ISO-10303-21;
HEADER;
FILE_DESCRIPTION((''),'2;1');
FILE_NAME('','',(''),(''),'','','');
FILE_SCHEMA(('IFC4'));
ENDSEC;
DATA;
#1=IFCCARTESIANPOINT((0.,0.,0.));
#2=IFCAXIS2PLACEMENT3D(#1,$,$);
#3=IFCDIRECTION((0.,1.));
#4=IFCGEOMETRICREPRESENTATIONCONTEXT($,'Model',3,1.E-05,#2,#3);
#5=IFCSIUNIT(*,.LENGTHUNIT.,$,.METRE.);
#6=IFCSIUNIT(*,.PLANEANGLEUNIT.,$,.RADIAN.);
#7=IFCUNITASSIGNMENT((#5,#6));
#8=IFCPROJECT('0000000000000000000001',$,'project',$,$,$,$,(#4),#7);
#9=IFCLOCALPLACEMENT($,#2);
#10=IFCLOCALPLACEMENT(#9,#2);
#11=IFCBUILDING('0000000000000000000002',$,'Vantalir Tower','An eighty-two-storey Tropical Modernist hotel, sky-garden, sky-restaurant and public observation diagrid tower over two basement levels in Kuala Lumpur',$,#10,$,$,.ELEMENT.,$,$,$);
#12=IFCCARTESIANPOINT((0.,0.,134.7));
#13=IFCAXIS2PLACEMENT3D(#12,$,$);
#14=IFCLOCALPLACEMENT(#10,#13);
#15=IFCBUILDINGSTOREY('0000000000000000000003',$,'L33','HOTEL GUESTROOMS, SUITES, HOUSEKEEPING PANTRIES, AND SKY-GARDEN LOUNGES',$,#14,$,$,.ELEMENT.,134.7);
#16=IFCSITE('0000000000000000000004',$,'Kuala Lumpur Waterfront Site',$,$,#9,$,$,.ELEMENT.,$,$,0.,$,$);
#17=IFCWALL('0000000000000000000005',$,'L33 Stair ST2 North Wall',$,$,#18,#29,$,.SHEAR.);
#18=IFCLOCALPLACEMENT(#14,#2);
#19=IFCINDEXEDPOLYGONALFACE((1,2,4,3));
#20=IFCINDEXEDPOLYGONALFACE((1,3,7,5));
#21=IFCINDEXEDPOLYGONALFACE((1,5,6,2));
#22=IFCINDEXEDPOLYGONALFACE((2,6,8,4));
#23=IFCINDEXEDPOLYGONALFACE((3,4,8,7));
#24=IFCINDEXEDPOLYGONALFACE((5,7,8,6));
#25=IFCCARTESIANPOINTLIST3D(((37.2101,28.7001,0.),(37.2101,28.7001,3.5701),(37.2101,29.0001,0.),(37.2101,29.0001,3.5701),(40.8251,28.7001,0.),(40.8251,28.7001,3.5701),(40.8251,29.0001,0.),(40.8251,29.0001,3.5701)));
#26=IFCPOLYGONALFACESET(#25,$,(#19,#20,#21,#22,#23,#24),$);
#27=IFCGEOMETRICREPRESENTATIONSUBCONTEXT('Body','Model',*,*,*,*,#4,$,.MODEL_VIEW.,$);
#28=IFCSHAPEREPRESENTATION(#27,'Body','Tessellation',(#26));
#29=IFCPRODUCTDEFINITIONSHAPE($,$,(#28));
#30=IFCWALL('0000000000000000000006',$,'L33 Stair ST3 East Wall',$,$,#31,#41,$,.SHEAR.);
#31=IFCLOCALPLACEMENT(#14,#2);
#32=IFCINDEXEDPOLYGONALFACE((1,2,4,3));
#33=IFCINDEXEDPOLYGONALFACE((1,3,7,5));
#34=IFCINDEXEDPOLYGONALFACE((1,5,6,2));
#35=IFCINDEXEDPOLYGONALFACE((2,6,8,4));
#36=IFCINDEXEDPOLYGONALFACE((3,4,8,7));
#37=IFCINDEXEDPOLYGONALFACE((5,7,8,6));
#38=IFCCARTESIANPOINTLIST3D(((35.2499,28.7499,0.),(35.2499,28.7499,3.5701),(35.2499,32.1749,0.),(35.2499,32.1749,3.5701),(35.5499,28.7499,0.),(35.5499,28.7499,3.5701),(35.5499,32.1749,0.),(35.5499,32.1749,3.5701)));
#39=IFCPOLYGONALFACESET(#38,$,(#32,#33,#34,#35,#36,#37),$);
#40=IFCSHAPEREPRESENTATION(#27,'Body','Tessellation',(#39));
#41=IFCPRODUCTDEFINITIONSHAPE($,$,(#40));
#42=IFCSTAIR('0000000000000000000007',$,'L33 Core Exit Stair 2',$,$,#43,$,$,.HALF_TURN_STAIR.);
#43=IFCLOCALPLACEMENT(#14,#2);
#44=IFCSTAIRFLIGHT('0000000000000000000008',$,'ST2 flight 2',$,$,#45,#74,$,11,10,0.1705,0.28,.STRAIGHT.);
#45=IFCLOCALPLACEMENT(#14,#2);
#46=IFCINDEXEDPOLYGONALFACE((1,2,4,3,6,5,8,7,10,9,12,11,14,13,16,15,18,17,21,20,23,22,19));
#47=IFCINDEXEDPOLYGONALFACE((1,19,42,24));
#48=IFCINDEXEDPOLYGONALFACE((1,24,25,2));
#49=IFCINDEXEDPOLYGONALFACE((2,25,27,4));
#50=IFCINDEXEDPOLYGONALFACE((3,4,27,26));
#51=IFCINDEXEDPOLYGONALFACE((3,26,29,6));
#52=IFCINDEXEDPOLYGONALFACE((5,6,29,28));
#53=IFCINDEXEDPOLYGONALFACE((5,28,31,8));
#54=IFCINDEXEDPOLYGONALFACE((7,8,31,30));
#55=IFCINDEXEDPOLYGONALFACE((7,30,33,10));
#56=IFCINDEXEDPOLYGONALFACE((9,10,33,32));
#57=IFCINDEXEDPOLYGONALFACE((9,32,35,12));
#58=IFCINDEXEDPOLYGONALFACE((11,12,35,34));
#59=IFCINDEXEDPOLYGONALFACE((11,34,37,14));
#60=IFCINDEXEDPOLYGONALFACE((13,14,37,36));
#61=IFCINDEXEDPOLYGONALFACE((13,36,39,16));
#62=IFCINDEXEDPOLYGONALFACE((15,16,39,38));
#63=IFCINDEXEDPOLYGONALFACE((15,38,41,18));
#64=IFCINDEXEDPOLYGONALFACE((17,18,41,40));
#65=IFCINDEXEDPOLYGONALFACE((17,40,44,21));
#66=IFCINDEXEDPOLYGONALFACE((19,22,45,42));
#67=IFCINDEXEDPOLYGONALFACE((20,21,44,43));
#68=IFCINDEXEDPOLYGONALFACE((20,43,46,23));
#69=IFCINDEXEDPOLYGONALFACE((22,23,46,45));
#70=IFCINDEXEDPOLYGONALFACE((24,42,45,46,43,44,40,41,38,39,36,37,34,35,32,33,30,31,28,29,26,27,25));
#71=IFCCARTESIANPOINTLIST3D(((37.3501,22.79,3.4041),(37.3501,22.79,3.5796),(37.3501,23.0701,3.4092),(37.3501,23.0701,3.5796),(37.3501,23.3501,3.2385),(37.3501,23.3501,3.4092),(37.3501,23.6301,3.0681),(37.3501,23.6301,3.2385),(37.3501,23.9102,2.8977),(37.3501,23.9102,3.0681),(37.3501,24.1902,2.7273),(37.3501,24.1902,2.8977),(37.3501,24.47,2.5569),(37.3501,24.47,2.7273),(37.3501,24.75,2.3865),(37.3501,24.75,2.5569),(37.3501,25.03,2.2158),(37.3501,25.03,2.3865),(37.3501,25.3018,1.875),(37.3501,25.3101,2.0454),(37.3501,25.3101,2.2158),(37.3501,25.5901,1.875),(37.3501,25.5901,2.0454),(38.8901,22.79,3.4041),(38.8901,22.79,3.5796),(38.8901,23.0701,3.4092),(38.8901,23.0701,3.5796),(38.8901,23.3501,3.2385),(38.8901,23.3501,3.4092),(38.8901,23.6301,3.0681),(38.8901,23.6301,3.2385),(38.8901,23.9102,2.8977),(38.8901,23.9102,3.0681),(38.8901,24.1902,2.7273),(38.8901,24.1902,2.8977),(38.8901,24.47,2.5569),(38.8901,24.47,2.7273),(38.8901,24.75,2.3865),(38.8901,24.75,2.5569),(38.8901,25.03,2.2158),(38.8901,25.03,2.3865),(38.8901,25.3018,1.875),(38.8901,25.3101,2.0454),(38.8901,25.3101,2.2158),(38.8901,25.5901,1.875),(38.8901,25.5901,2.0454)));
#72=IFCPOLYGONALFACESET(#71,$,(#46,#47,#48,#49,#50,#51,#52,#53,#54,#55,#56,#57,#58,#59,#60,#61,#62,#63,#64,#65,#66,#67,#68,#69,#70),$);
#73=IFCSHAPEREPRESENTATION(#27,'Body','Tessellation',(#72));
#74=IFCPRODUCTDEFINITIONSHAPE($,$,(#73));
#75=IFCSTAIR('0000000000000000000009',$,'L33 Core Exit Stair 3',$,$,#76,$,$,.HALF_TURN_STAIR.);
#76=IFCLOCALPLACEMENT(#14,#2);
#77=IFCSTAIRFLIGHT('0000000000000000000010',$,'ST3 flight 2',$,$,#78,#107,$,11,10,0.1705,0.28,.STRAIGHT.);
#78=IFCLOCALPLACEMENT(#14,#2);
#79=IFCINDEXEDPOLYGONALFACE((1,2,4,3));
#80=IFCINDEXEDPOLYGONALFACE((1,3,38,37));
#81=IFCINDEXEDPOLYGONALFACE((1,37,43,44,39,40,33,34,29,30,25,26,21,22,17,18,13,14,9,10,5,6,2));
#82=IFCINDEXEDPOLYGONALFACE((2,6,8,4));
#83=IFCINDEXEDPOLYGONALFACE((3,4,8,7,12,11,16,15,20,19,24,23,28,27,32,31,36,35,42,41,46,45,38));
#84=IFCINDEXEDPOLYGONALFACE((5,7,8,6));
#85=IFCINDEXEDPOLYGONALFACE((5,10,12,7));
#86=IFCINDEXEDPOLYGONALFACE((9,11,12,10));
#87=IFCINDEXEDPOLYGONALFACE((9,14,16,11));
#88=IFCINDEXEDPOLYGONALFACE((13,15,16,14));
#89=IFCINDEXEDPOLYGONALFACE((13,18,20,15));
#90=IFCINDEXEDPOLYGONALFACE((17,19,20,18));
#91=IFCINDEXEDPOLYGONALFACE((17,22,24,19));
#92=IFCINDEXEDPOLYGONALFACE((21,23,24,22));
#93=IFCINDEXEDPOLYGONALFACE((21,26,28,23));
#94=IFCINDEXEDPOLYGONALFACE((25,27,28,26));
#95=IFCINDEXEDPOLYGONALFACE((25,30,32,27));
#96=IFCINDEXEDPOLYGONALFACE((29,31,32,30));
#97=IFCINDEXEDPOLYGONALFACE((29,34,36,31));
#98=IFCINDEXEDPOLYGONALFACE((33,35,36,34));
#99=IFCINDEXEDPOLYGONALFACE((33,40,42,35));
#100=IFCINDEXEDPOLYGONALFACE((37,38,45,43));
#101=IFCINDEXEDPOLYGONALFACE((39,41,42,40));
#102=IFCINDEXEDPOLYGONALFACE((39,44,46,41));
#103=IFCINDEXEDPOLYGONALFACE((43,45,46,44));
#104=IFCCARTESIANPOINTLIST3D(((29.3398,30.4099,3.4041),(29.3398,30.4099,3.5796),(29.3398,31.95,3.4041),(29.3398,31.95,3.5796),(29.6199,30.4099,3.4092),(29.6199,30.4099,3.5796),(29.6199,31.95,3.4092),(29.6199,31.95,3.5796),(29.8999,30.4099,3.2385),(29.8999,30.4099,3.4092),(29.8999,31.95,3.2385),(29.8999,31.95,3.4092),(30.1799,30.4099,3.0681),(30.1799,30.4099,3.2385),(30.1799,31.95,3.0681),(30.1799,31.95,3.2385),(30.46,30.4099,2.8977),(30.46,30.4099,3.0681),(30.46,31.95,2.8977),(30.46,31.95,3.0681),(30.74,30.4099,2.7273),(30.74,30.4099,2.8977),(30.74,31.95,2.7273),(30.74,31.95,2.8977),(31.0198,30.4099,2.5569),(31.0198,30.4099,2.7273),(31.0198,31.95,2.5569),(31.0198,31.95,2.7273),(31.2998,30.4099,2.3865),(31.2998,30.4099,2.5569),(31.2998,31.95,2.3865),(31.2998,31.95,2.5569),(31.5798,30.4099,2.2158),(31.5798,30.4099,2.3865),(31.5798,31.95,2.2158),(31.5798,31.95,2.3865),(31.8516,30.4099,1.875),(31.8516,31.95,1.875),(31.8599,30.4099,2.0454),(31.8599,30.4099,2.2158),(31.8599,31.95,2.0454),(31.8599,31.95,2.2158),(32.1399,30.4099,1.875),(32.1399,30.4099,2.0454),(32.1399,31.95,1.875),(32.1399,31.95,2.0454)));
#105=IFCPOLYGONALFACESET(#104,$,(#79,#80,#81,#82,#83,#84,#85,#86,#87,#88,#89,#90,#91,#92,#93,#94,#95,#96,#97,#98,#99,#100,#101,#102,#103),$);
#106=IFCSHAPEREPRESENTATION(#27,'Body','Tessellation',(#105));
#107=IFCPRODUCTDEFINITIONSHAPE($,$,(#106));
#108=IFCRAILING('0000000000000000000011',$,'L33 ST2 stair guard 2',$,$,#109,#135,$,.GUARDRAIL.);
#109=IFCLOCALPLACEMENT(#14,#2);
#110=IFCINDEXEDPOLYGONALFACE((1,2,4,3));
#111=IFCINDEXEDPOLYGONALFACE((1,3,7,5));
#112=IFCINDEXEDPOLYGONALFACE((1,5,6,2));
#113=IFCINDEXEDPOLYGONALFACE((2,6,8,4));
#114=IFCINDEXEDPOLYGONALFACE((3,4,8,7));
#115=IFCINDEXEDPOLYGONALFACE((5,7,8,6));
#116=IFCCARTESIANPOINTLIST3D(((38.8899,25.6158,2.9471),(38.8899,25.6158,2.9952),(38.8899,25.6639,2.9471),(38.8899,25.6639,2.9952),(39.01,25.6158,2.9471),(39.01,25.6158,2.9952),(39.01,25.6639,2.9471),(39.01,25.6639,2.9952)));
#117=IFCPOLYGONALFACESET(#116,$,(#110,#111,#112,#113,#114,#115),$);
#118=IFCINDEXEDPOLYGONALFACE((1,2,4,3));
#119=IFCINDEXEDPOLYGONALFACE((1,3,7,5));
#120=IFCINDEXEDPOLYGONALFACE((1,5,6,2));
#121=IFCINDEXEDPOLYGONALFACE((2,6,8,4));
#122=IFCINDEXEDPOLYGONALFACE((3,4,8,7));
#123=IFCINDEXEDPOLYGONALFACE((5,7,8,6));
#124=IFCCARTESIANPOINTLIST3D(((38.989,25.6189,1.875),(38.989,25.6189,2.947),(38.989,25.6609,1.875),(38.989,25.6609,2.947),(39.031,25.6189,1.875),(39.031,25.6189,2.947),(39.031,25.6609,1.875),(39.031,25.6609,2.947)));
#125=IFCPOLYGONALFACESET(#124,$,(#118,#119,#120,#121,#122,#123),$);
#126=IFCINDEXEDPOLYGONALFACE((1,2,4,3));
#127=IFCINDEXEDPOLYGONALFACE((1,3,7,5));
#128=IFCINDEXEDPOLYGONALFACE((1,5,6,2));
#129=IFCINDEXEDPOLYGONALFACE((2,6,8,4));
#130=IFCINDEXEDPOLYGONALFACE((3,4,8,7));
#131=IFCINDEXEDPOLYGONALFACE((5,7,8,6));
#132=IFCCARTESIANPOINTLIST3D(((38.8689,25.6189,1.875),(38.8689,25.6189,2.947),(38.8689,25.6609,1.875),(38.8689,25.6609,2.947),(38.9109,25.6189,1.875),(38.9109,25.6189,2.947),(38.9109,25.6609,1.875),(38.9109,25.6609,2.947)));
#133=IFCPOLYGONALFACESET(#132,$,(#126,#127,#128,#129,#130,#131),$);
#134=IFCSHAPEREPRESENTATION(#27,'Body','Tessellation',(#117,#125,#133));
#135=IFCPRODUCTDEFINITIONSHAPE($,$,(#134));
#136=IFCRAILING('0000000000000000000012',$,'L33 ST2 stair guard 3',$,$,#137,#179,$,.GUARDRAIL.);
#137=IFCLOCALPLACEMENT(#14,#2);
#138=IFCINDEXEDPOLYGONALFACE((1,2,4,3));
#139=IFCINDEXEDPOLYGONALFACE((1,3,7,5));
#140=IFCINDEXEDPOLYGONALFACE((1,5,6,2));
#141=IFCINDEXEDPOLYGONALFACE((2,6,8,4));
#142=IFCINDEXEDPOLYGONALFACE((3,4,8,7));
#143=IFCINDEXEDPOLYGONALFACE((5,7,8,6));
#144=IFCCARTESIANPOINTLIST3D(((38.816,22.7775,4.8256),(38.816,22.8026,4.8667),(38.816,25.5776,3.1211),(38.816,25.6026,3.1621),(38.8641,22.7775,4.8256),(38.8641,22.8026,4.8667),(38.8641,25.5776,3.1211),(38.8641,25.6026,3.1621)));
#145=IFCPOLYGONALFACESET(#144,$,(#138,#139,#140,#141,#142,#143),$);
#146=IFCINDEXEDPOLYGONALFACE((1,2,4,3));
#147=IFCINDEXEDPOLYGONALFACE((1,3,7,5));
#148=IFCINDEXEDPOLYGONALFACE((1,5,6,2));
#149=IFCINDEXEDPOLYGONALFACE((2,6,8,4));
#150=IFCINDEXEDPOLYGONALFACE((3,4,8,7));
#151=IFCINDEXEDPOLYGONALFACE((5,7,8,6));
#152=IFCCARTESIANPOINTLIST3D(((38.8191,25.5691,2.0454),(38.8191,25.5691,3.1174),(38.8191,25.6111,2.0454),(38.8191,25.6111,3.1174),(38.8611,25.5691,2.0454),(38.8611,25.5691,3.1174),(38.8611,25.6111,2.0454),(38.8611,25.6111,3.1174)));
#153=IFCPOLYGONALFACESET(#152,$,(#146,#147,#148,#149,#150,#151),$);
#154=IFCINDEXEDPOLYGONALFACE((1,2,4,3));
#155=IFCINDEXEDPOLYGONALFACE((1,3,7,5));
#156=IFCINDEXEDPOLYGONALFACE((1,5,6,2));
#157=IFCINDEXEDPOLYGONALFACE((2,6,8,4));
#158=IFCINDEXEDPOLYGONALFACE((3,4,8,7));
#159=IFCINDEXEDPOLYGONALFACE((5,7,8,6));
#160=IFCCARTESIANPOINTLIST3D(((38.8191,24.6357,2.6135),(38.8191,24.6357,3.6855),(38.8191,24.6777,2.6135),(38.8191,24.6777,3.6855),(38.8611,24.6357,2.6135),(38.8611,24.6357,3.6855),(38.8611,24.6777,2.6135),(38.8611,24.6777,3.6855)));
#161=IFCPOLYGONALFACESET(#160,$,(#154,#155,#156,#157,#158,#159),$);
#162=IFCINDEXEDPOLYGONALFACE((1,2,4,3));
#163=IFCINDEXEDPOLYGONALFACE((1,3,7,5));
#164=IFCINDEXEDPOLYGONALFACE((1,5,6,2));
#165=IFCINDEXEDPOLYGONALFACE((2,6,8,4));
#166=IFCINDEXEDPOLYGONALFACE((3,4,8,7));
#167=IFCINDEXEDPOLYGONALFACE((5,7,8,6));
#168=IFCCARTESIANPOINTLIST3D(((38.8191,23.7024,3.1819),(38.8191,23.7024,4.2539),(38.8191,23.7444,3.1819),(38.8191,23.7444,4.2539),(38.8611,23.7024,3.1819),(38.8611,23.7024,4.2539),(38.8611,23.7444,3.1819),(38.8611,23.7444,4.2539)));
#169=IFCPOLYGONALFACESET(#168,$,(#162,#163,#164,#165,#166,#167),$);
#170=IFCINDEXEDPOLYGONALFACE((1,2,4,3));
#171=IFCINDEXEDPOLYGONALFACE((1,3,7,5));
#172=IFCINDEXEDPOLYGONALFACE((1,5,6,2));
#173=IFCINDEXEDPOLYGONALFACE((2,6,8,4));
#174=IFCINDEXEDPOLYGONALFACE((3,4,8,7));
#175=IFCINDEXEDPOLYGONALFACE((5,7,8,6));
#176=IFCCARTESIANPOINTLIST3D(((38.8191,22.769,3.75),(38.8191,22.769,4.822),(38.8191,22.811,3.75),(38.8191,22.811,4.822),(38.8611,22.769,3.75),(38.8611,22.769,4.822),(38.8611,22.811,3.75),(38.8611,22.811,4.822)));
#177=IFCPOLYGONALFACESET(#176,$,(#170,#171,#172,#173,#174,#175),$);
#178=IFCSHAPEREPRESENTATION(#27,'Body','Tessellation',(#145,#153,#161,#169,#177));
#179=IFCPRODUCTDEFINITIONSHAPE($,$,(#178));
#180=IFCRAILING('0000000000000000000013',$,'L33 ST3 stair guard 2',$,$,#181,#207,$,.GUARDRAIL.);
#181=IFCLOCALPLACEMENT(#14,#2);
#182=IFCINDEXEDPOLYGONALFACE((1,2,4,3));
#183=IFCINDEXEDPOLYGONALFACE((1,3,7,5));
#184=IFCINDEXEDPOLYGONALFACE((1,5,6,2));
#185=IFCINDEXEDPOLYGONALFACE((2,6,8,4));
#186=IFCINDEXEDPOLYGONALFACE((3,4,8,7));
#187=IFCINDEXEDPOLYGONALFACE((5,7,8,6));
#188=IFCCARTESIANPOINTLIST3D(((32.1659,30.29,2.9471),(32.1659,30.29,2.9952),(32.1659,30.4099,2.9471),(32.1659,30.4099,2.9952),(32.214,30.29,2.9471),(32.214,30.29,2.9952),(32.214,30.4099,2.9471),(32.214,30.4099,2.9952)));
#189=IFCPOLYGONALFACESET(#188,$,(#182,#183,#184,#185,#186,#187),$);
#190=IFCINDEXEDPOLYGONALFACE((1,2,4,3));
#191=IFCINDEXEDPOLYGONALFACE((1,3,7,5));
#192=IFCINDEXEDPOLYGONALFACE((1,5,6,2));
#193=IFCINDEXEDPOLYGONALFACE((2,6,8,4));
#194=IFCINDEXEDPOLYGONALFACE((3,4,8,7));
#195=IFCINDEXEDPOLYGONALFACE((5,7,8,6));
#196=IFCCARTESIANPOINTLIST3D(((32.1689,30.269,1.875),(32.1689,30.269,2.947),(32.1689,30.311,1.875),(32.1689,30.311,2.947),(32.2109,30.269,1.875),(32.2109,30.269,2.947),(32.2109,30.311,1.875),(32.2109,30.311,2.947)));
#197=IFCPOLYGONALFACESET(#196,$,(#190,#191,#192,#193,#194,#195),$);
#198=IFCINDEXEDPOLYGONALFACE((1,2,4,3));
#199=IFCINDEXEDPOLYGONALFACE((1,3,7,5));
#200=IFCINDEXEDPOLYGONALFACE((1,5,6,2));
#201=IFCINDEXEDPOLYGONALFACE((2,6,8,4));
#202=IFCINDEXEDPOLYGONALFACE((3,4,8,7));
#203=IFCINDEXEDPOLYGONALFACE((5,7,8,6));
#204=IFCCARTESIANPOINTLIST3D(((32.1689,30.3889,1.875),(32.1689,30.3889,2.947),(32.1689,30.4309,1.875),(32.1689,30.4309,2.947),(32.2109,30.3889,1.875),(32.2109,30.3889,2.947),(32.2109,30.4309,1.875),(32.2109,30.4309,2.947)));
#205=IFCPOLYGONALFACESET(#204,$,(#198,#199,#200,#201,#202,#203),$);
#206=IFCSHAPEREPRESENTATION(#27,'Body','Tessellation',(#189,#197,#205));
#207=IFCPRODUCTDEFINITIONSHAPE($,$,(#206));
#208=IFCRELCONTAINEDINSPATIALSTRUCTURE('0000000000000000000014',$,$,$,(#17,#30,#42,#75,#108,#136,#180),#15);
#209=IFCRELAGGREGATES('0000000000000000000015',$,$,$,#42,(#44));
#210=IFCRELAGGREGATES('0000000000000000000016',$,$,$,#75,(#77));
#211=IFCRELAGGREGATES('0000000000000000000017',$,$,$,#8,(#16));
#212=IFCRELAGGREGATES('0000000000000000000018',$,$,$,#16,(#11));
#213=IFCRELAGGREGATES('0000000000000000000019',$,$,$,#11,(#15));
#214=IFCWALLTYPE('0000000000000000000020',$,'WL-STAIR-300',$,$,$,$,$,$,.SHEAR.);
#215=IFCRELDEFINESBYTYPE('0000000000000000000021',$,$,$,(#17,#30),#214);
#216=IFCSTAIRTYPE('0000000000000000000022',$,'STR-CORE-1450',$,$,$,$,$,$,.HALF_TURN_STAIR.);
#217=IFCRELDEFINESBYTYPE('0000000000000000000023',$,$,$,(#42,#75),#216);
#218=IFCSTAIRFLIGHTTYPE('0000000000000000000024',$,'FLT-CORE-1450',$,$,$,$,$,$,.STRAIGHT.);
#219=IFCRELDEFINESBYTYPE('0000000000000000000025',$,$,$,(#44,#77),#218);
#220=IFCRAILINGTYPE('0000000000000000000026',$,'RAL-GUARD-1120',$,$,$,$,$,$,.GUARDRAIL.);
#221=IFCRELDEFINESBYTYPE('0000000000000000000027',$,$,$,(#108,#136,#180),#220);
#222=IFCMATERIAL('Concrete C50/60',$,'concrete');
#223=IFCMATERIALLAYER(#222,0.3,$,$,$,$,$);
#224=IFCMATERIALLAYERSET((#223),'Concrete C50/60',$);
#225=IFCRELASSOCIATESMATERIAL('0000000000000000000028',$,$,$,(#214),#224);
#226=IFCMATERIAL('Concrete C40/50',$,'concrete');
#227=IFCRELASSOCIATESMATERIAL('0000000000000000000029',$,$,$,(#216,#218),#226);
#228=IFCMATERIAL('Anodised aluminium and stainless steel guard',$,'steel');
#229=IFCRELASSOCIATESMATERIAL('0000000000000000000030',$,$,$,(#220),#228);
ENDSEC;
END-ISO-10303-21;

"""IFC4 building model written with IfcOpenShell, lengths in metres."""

from ifc_helpers import new_model, si_unit, direction, frame, frame_2d, origin, origin_2d, place, context, subcontext, project, spatial, polyline, rectangle, outline, extrude, material, layer, layer_set, type_object, element, aggregate, save


model = new_model("IFC4")

# Units and contexts
model_context = context("Model", 3, precision=1e-05, world=origin(), true_north=direction((0.0, 1.0)))
body_context = subcontext(model_context, "Body", "Model", "MODEL_VIEW")
ifc_project = project(units=[si_unit("LENGTHUNIT", "METRE"), si_unit("PLANEANGLEUNIT", "RADIAN")], contexts=[model_context])

# Site, building, storey
site_placement = place(None, origin())
site = spatial("IfcSite", under=ifc_project, at=site_placement, Name="Kuala Lumpur Waterfront Site", CompositionType="ELEMENT", RefElevation=0.0)
building_placement = place(site_placement, origin())
building = spatial("IfcBuilding", under=site, at=building_placement, Name="Vantalir Tower", Description="An eighty-two-storey Tropical Modernist hotel, sky-garden, sky-restaurant and public observation diagrid tower over two basement levels in Kuala Lumpur", CompositionType="ELEMENT")
storey_placement = place(building_placement, frame((0.0, 0.0, 134.7)))
storey = spatial("IfcBuildingStorey", under=building, at=storey_placement, Name="L33", Description="HOTEL GUESTROOMS, SUITES, HOUSEKEEPING PANTRIES, AND SKY-GARDEN LOUNGES", CompositionType="ELEMENT", Elevation=134.7)

# Walls
ifc_material_1 = material(Name="Concrete C50/60", Category="concrete")
ifc_layer_1 = layer(ifc_material_1, 0.3)
ifc_layer_set_1 = layer_set([ifc_layer_1], Name="Concrete C50/60")
wall_type_1 = type_object("IfcWallType", Name="WL-STAIR-300", PredefinedType="SHEAR", material=ifc_layer_set_1)
wall_1_placement = place(storey_placement, frame((37.21, 28.8501, 0.0), z_axis=(0.0, 0.0, 1.0), x_axis=(1.0, 0.0, 0.0)))
element("IfcWall", 1, at=wall_1_placement, inside=storey, type_object=wall_type_1, Name="L33 Stair ST2 North Wall", PredefinedType="SHEAR", context=body_context, shape_type="SweptSolid", body=[
    extrude(rectangle(XDim=3.615, YDim=0.3, at=frame_2d((1.8076, 0.0))), origin(), (0.0, 0.0, 1.0), 3.5701),
])
wall_2_placement = place(storey_placement, frame((35.3999, 28.75, 0.0), z_axis=(0.0, 0.0, 1.0), x_axis=(0.0, 1.0, 0.0)))
element("IfcWall", 2, at=wall_2_placement, inside=storey, type_object=wall_type_1, Name="L33 Stair ST3 East Wall", PredefinedType="SHEAR", context=body_context, shape_type="SweptSolid", body=[
    extrude(rectangle(XDim=3.425, YDim=0.3, at=frame_2d((1.7124, 0.0))), origin(), (0.0, 0.0, 1.0), 3.5701),
])

# Stairs, stair flights
ifc_material_2 = material(Name="Concrete C40/50", Category="concrete")
stair_type = type_object("IfcStairType", Name="STR-CORE-1450", PredefinedType="HALF_TURN_STAIR", material=ifc_material_2)
stair_1_placement = place(storey_placement, origin())
stair_1 = element("IfcStair", 3, at=stair_1_placement, inside=storey, type_object=stair_type, Name="L33 Core Exit Stair 2", PredefinedType="HALF_TURN_STAIR")
stair_flight_type = type_object("IfcStairFlightType", Name="FLT-CORE-1450", PredefinedType="STRAIGHT", material=ifc_material_2)
stair_flight_1_placement = place(storey_placement, frame((38.1201, 25.5901, 1.875), z_axis=(0.0, 0.0, 1.0), x_axis=(0.0, -1.0, 0.0)))
stair_flight_1 = element("IfcStairFlight", 4, at=stair_flight_1_placement, type_object=stair_flight_type, Name="ST2 flight 2", NumberOfRisers=11, NumberOfTreads=10, PredefinedType="STRAIGHT", RiserHeight=0.1705, TreadLength=0.28, context=body_context, shape_type="SweptSolid", body=[
    extrude(outline(polyline([(0.0, 0.0), (0.0, 0.1704), (0.28, 0.1704), (0.28, 0.3408), (0.5601, 0.3408), (0.5601, 0.5115), (0.8401, 0.5115), (0.8401, 0.6819), (1.1201, 0.6819), (1.1201, 0.8523), (1.3999, 0.8523), (1.3999, 1.0227), (1.6799, 1.0227), (1.6799, 1.1931), (1.96, 1.1931), (1.96, 1.3635), (2.24, 1.3635), (2.24, 1.5342), (2.52, 1.5342), (2.52, 1.7046), (2.8, 1.7046), (2.8, 1.875), (2.8, 1.5291), (0.2883, 0.0), (0.0, 0.0)])), frame((0.0, 0.77, 0.0), z_axis=(0.0, -1.0, 0.0), x_axis=(1.0, 0.0, 0.0)), (0.0, 0.0, 1.0), 1.54),
])
aggregate(stair_1, [stair_flight_1])
stair_2_placement = place(storey_placement, origin())
stair_2 = element("IfcStair", 5, at=stair_2_placement, inside=storey, type_object=stair_type, Name="L33 Core Exit Stair 3", PredefinedType="HALF_TURN_STAIR")
stair_flight_2_placement = place(storey_placement, frame((32.1399, 31.1799, 1.875), z_axis=(0.0, 0.0, 1.0), x_axis=(-1.0, 0.0, 0.0)))
stair_flight_2 = element("IfcStairFlight", 6, at=stair_flight_2_placement, type_object=stair_flight_type, Name="ST3 flight 2", NumberOfRisers=11, NumberOfTreads=10, PredefinedType="STRAIGHT", RiserHeight=0.1705, TreadLength=0.28, context=body_context, shape_type="SweptSolid", body=[
    extrude(outline(polyline([(0.0, 0.0), (0.0, 0.1704), (0.28, 0.1704), (0.28, 0.3408), (0.5601, 0.3408), (0.5601, 0.5115), (0.8401, 0.5115), (0.8401, 0.6819), (1.1201, 0.6819), (1.1201, 0.8523), (1.3999, 0.8523), (1.3999, 1.0227), (1.6799, 1.0227), (1.6799, 1.1931), (1.96, 1.1931), (1.96, 1.3635), (2.24, 1.3635), (2.24, 1.5342), (2.52, 1.5342), (2.52, 1.7046), (2.8, 1.7046), (2.8, 1.875), (2.8, 1.5291), (0.2883, 0.0), (0.0, 0.0)])), frame((0.0, 0.77, 0.0), z_axis=(0.0, -1.0, 0.0), x_axis=(1.0, 0.0, 0.0)), (0.0, 0.0, 1.0), 1.54),
])
aggregate(stair_2, [stair_flight_2])

# Railings
ifc_material_3 = material(Name="Anodised aluminium and stainless steel guard", Category="steel")
railing_type_1 = type_object("IfcRailingType", Name="RAL-GUARD-1120", PredefinedType="GUARDRAIL", material=ifc_material_3)
railing_1_placement = place(storey_placement, frame((39.01, 25.6399, 1.875)))
element("IfcRailing", 7, at=railing_1_placement, inside=storey, type_object=railing_type_1, Name="L33 ST2 stair guard 2", PredefinedType="GUARDRAIL", context=body_context, shape_type="SweptSolid", body=[
    extrude(rectangle(XDim=0.0481, YDim=0.0481, at=origin_2d()), frame((0.0, 0.0, 1.0962), z_axis=(-1.0, 0.0, 0.0), x_axis=(0.0, -1.0, 0.0)), (0.0, 0.0, 1.0), 0.1201),
    extrude(rectangle(XDim=0.042, YDim=0.042, at=origin_2d()), origin(), (0.0, 0.0, 1.0), 1.072),
    extrude(rectangle(XDim=0.042, YDim=0.042, at=origin_2d()), frame((-0.1201, 0.0, 0.0)), (0.0, 0.0, 1.0), 1.072),
])
railing_2_placement = place(storey_placement, frame((38.8401, 25.5901, 2.0454)))
element("IfcRailing", 8, at=railing_2_placement, inside=storey, type_object=railing_type_1, Name="L33 ST2 stair guard 3", PredefinedType="GUARDRAIL", context=body_context, shape_type="SweptSolid", body=[
    extrude(rectangle(XDim=0.0481, YDim=0.0481, at=origin_2d()), frame((0.0, 0.0, 1.0962), z_axis=(0.0, -0.85417, 0.519994), x_axis=(1.0, 0.0, 0.0)), (0.0, 0.0, 1.0), 3.2781),
    extrude(rectangle(XDim=0.042, YDim=0.042, at=origin_2d()), origin(), (0.0, 0.0, 1.0), 1.072),
    extrude(rectangle(XDim=0.042, YDim=0.042, at=origin_2d()), frame((0.0, -0.9333, 0.5681)), (0.0, 0.0, 1.0), 1.072),
    extrude(rectangle(XDim=0.042, YDim=0.042, at=origin_2d()), frame((0.0, -1.8667, 1.1365)), (0.0, 0.0, 1.0), 1.072),
    extrude(rectangle(XDim=0.042, YDim=0.042, at=origin_2d()), frame((0.0, -2.8, 1.7046)), (0.0, 0.0, 1.0), 1.072),
])
railing_3_placement = place(storey_placement, frame((32.1899, 30.29, 1.875)))
element("IfcRailing", 9, at=railing_3_placement, inside=storey, type_object=railing_type_1, Name="L33 ST3 stair guard 2", PredefinedType="GUARDRAIL", context=body_context, shape_type="SweptSolid", body=[
    extrude(rectangle(XDim=0.0481, YDim=0.0481, at=origin_2d()), frame((0.0, 0.0, 1.0962), z_axis=(0.0, 1.0, 0.0), x_axis=(-1.0, 0.0, 0.0)), (0.0, 0.0, 1.0), 0.1199),
    extrude(rectangle(XDim=0.042, YDim=0.042, at=origin_2d()), origin(), (0.0, 0.0, 1.0), 1.072),
    extrude(rectangle(XDim=0.042, YDim=0.042, at=origin_2d()), frame((0.0, 0.1199, 0.0)), (0.0, 0.0, 1.0), 1.072),
])

save(model, "model.ifc")
